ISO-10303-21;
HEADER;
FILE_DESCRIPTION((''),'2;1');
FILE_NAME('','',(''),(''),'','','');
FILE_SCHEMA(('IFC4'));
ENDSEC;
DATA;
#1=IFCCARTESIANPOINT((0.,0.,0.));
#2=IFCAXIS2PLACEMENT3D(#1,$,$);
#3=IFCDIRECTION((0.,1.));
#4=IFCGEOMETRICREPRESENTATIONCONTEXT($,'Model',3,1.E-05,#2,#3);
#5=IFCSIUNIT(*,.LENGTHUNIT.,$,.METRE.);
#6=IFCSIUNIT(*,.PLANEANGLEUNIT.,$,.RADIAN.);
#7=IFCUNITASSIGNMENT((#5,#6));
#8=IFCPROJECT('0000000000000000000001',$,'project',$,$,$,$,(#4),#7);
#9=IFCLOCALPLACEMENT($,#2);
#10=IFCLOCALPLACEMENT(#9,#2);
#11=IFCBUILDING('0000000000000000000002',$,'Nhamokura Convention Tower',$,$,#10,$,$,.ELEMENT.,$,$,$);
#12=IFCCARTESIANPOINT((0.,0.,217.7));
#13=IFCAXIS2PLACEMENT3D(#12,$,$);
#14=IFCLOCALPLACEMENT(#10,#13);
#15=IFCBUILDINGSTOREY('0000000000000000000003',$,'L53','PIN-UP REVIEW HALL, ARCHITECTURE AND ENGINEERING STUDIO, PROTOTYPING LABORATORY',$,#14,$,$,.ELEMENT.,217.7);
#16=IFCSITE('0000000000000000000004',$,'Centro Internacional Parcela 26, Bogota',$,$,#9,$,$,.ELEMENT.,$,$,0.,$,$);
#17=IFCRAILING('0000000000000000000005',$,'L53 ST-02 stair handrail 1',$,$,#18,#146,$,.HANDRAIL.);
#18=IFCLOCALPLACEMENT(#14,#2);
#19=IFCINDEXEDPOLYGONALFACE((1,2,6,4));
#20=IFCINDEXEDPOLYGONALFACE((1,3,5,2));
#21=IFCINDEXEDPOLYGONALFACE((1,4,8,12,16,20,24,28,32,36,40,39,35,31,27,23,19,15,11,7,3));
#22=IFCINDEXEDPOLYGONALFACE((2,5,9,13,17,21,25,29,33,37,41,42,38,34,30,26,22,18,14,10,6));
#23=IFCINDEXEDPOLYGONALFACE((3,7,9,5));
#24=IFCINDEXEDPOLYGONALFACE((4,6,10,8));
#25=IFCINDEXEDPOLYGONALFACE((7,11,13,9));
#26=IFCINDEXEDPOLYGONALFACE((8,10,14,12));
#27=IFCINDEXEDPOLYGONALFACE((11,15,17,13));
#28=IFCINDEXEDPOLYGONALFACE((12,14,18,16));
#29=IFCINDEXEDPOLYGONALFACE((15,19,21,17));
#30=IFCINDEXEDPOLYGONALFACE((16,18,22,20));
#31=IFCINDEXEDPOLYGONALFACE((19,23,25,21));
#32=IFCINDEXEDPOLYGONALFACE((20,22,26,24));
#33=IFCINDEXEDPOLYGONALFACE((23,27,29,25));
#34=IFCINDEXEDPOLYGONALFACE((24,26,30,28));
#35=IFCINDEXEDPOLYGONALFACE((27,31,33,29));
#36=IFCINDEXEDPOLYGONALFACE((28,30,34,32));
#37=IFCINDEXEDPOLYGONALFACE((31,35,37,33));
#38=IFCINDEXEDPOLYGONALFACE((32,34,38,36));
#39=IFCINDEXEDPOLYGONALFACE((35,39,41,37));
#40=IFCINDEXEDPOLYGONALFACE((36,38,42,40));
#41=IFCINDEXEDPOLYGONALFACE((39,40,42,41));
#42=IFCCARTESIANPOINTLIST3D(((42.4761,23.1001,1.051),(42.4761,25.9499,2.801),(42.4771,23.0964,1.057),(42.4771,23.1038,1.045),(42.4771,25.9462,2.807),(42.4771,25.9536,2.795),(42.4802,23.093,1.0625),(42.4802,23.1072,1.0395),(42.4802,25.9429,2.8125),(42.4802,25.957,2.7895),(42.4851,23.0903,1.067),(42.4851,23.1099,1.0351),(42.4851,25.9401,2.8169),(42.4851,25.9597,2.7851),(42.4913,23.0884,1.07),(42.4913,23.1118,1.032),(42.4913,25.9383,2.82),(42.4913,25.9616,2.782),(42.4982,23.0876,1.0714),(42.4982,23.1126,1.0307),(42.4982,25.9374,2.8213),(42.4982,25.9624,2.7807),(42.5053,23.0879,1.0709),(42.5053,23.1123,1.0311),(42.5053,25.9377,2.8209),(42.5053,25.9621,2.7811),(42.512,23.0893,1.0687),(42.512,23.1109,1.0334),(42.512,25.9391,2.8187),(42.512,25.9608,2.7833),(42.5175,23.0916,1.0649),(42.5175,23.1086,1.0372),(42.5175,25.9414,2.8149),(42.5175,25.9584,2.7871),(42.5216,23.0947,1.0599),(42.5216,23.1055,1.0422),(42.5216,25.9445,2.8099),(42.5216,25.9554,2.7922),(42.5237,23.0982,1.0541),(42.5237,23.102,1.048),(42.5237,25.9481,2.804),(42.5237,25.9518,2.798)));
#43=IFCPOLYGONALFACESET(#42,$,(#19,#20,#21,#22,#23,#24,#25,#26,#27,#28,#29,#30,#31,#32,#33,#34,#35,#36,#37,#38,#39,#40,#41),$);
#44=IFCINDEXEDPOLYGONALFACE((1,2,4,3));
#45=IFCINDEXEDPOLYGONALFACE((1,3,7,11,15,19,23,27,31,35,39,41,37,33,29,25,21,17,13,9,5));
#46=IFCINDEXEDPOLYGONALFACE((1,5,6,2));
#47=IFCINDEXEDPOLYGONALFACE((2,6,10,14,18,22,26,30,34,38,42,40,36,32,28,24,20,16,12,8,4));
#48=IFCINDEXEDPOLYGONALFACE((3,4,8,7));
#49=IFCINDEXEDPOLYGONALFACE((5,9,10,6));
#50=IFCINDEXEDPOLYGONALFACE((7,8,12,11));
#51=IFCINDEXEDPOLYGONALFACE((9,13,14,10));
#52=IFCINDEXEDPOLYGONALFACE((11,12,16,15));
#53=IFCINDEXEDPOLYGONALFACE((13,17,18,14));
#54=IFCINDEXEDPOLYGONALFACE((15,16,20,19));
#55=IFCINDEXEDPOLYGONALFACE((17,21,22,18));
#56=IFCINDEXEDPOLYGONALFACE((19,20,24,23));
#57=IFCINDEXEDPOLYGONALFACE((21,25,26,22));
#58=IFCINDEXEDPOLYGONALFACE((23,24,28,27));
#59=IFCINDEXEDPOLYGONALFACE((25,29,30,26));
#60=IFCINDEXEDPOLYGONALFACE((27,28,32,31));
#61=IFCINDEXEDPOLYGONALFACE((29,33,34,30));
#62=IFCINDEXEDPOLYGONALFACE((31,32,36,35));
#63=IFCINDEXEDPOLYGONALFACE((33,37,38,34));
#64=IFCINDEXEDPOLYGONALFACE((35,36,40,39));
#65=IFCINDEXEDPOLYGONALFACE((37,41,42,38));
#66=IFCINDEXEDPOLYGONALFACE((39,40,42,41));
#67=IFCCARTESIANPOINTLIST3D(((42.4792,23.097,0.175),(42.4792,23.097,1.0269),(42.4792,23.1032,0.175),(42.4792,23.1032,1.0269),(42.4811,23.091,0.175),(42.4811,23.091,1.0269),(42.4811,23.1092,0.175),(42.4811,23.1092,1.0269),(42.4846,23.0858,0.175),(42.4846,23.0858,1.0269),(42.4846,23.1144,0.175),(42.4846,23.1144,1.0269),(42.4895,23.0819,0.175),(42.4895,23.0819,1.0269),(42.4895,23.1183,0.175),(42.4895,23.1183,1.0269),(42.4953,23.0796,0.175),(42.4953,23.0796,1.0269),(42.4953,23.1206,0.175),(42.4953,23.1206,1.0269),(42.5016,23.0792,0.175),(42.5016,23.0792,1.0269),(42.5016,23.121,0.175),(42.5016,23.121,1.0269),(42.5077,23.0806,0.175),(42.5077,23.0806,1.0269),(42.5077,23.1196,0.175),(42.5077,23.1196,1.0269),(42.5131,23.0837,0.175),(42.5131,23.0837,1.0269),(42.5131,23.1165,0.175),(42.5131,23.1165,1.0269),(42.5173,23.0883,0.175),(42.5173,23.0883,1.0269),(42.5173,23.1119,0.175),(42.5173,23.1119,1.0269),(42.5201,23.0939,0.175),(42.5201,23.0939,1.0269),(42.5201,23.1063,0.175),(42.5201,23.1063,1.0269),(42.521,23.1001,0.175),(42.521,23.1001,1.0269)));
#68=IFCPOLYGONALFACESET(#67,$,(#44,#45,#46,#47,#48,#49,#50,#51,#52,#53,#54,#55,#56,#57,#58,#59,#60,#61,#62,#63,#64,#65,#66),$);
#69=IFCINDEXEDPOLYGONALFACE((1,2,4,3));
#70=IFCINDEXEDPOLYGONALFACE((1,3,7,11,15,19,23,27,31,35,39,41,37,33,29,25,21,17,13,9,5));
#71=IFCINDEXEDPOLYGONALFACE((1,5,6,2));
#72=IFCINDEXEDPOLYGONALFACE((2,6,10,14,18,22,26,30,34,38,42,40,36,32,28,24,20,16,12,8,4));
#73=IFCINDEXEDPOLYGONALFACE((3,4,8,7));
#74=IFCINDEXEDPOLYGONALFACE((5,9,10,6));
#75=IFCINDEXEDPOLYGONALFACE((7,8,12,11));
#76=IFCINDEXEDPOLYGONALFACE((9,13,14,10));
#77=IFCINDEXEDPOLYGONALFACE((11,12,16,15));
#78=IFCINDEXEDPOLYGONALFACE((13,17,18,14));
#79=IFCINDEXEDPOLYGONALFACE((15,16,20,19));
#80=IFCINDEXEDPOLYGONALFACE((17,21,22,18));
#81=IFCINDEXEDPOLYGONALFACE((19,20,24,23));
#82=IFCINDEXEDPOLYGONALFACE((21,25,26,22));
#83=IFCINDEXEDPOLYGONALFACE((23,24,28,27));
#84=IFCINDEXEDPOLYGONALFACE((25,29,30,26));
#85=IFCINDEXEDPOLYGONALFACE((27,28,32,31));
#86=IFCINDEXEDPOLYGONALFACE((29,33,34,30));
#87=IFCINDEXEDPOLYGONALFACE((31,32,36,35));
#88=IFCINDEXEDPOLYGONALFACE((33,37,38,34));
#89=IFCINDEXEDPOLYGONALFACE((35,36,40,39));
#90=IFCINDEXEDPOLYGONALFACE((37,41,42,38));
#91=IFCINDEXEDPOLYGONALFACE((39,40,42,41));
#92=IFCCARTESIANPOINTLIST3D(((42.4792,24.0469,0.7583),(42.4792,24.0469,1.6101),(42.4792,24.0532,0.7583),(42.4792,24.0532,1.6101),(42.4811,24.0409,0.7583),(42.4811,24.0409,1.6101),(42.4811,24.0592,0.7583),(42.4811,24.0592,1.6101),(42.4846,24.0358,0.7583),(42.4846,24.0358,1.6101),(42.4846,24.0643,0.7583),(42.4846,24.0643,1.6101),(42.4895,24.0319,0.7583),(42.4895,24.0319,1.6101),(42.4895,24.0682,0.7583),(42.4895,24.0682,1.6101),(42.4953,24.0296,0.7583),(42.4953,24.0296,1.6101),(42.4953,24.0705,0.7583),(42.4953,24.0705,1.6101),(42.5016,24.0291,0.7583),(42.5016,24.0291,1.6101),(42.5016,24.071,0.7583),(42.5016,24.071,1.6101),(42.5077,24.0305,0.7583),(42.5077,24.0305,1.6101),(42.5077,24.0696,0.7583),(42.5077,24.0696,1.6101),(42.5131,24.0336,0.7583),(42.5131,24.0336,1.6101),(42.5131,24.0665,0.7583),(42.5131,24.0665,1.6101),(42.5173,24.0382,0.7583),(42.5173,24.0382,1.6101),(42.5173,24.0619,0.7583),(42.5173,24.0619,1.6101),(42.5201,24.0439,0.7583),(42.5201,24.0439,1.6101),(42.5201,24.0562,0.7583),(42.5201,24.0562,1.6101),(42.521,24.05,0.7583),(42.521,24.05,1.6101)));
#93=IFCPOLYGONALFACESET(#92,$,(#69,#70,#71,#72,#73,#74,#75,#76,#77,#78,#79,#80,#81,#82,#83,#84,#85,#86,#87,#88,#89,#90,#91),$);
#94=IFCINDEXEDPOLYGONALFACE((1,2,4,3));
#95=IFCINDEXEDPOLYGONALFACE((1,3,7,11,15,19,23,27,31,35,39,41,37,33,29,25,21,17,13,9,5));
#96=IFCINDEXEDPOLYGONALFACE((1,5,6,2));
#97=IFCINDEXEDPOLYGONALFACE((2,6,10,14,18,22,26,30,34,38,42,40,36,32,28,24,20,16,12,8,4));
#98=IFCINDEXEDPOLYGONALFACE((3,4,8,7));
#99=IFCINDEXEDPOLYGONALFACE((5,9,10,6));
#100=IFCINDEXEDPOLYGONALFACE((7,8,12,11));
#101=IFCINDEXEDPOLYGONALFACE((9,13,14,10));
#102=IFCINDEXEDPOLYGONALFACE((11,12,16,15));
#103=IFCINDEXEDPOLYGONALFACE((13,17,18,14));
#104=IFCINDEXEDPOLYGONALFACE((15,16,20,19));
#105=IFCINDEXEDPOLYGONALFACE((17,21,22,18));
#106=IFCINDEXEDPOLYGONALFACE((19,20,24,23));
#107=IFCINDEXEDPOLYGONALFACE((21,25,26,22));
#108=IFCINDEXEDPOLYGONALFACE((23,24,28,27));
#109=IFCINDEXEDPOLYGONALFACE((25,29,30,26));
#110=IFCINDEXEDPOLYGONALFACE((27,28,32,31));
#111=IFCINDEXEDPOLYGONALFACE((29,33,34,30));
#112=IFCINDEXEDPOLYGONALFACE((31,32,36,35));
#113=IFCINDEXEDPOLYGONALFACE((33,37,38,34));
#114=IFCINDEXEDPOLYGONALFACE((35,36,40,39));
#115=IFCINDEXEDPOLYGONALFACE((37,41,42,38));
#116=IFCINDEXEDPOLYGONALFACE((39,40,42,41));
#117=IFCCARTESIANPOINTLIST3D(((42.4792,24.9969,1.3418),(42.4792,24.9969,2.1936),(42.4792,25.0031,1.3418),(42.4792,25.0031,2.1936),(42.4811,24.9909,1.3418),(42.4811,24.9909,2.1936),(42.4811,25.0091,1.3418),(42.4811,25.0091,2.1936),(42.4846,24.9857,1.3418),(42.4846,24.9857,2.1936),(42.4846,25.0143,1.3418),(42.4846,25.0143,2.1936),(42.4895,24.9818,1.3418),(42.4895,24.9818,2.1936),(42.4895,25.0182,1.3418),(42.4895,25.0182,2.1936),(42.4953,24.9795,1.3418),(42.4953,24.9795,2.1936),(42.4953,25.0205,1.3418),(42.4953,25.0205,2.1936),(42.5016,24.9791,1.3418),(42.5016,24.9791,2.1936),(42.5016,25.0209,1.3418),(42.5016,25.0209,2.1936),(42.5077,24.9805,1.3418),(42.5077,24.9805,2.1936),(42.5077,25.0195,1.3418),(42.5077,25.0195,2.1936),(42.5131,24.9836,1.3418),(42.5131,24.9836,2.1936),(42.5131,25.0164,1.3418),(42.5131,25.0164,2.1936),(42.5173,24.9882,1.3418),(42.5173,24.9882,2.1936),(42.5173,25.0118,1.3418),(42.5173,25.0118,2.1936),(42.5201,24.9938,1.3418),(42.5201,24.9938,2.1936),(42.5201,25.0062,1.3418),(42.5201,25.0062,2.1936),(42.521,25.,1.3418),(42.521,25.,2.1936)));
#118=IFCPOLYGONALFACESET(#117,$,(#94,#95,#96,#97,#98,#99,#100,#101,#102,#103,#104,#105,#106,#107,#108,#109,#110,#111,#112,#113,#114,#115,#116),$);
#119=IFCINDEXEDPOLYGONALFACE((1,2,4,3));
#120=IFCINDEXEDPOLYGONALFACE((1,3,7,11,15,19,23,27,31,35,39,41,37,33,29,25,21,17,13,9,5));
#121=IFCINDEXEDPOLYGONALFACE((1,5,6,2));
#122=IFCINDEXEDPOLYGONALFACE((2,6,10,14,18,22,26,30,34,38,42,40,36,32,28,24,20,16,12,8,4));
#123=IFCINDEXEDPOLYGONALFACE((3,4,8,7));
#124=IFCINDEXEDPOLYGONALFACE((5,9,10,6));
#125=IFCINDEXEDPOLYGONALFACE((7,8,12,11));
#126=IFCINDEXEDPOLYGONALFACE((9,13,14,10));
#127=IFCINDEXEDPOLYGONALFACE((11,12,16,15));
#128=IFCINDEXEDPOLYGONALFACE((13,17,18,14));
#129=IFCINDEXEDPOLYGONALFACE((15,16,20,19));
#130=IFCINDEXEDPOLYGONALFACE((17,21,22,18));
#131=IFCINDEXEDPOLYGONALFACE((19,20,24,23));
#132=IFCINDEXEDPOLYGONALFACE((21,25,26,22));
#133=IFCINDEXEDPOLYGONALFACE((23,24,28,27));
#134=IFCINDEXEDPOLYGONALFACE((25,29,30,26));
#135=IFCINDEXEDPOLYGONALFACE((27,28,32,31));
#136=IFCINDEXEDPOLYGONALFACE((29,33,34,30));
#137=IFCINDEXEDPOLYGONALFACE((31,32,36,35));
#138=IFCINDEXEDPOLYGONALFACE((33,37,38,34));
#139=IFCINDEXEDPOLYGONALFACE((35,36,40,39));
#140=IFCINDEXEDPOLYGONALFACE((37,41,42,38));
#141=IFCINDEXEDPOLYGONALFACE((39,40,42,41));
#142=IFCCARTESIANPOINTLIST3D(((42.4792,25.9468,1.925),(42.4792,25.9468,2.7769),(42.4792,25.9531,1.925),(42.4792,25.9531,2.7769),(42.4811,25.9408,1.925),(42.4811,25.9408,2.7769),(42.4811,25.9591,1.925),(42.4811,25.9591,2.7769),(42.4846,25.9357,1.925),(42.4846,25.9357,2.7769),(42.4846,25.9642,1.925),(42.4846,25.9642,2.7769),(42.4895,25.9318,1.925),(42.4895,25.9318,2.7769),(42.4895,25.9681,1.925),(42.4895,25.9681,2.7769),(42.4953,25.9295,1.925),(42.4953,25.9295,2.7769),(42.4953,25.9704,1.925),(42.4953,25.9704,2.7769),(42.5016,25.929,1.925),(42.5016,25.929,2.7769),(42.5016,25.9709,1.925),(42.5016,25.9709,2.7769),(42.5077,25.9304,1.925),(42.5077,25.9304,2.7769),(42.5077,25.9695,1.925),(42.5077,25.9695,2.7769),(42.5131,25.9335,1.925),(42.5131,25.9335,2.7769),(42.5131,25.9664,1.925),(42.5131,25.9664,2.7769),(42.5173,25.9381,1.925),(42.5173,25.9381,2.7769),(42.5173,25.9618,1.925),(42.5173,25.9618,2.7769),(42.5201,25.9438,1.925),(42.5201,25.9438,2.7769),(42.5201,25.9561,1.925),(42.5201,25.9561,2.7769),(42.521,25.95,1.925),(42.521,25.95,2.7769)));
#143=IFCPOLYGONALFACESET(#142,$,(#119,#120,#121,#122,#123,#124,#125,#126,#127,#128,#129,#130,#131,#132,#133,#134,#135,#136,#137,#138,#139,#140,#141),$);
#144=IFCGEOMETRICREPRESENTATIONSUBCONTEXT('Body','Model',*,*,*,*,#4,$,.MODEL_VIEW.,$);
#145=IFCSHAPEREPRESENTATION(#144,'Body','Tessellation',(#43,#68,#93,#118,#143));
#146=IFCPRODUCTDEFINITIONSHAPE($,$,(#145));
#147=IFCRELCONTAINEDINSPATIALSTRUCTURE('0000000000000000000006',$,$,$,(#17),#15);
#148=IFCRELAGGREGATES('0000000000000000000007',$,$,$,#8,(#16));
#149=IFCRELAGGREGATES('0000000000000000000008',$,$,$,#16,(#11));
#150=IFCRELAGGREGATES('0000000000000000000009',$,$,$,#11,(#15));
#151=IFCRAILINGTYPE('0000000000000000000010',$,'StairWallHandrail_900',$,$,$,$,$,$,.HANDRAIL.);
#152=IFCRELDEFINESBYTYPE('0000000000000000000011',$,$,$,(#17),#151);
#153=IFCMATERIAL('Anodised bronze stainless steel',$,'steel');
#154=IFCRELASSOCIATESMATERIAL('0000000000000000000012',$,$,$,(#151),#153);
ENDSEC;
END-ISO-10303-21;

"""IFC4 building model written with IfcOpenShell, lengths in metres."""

from ifc_helpers import new_model, si_unit, direction, frame, origin, origin_2d, place, context, subcontext, project, spatial, circle, extrude, material, type_object, element, save


model = new_model("IFC4")

# Units and contexts
model_context = context("Model", 3, precision=1e-05, world=origin(), true_north=direction((0.0, 1.0)))
body_context = subcontext(model_context, "Body", "Model", "MODEL_VIEW")
ifc_project = project(units=[si_unit("LENGTHUNIT", "METRE"), si_unit("PLANEANGLEUNIT", "RADIAN")], contexts=[model_context])

# Site, building, storey
site_placement = place(None, origin())
site = spatial("IfcSite", under=ifc_project, at=site_placement, Name="Centro Internacional Parcela 26, Bogota", CompositionType="ELEMENT", RefElevation=0.0)
building_placement = place(site_placement, origin())
building = spatial("IfcBuilding", under=site, at=building_placement, Name="Nhamokura Convention Tower", CompositionType="ELEMENT")
storey_placement = place(building_placement, frame((0.0, 0.0, 217.7)))
storey = spatial("IfcBuildingStorey", under=building, at=storey_placement, Name="L53", Description="PIN-UP REVIEW HALL, ARCHITECTURE AND ENGINEERING STUDIO, PROTOTYPING LABORATORY", CompositionType="ELEMENT", Elevation=217.7)

# Railing
ifc_material_1 = material(Name="Anodised bronze stainless steel", Category="steel")
railing_type_1 = type_object("IfcRailingType", Name="StairWallHandrail_900", PredefinedType="HANDRAIL", material=ifc_material_1)
railing_1_placement = place(storey_placement, frame((42.5, 23.1001, 0.175)))
element("IfcRailing", 1, at=railing_1_placement, inside=storey, type_object=railing_type_1, Name="L53 ST-02 stair handrail 1", PredefinedType="HANDRAIL", context=body_context, shape_type="SweptSolid", body=[
    extrude(circle(Radius=0.0239, at=origin_2d()), frame((0.0, 0.0, 0.876), z_axis=(0.0, 0.852159, 0.523283), x_axis=(-1.0, 0.0, 0.0)), (0.0, 0.0, 1.0), 3.3442),
    extrude(circle(Radius=0.021, at=origin_2d()), origin(), (0.0, 0.0, 1.0), 0.8518),
    extrude(circle(Radius=0.021, at=origin_2d()), frame((0.0, 0.95, 0.5833)), (0.0, 0.0, 1.0), 0.8518),
    extrude(circle(Radius=0.021, at=origin_2d()), frame((0.0, 1.8999, 1.1667)), (0.0, 0.0, 1.0), 0.8518),
    extrude(circle(Radius=0.021, at=origin_2d()), frame((0.0, 2.8499, 1.75)), (0.0, 0.0, 1.0), 0.8518),
])

save(model, "model.ifc")
